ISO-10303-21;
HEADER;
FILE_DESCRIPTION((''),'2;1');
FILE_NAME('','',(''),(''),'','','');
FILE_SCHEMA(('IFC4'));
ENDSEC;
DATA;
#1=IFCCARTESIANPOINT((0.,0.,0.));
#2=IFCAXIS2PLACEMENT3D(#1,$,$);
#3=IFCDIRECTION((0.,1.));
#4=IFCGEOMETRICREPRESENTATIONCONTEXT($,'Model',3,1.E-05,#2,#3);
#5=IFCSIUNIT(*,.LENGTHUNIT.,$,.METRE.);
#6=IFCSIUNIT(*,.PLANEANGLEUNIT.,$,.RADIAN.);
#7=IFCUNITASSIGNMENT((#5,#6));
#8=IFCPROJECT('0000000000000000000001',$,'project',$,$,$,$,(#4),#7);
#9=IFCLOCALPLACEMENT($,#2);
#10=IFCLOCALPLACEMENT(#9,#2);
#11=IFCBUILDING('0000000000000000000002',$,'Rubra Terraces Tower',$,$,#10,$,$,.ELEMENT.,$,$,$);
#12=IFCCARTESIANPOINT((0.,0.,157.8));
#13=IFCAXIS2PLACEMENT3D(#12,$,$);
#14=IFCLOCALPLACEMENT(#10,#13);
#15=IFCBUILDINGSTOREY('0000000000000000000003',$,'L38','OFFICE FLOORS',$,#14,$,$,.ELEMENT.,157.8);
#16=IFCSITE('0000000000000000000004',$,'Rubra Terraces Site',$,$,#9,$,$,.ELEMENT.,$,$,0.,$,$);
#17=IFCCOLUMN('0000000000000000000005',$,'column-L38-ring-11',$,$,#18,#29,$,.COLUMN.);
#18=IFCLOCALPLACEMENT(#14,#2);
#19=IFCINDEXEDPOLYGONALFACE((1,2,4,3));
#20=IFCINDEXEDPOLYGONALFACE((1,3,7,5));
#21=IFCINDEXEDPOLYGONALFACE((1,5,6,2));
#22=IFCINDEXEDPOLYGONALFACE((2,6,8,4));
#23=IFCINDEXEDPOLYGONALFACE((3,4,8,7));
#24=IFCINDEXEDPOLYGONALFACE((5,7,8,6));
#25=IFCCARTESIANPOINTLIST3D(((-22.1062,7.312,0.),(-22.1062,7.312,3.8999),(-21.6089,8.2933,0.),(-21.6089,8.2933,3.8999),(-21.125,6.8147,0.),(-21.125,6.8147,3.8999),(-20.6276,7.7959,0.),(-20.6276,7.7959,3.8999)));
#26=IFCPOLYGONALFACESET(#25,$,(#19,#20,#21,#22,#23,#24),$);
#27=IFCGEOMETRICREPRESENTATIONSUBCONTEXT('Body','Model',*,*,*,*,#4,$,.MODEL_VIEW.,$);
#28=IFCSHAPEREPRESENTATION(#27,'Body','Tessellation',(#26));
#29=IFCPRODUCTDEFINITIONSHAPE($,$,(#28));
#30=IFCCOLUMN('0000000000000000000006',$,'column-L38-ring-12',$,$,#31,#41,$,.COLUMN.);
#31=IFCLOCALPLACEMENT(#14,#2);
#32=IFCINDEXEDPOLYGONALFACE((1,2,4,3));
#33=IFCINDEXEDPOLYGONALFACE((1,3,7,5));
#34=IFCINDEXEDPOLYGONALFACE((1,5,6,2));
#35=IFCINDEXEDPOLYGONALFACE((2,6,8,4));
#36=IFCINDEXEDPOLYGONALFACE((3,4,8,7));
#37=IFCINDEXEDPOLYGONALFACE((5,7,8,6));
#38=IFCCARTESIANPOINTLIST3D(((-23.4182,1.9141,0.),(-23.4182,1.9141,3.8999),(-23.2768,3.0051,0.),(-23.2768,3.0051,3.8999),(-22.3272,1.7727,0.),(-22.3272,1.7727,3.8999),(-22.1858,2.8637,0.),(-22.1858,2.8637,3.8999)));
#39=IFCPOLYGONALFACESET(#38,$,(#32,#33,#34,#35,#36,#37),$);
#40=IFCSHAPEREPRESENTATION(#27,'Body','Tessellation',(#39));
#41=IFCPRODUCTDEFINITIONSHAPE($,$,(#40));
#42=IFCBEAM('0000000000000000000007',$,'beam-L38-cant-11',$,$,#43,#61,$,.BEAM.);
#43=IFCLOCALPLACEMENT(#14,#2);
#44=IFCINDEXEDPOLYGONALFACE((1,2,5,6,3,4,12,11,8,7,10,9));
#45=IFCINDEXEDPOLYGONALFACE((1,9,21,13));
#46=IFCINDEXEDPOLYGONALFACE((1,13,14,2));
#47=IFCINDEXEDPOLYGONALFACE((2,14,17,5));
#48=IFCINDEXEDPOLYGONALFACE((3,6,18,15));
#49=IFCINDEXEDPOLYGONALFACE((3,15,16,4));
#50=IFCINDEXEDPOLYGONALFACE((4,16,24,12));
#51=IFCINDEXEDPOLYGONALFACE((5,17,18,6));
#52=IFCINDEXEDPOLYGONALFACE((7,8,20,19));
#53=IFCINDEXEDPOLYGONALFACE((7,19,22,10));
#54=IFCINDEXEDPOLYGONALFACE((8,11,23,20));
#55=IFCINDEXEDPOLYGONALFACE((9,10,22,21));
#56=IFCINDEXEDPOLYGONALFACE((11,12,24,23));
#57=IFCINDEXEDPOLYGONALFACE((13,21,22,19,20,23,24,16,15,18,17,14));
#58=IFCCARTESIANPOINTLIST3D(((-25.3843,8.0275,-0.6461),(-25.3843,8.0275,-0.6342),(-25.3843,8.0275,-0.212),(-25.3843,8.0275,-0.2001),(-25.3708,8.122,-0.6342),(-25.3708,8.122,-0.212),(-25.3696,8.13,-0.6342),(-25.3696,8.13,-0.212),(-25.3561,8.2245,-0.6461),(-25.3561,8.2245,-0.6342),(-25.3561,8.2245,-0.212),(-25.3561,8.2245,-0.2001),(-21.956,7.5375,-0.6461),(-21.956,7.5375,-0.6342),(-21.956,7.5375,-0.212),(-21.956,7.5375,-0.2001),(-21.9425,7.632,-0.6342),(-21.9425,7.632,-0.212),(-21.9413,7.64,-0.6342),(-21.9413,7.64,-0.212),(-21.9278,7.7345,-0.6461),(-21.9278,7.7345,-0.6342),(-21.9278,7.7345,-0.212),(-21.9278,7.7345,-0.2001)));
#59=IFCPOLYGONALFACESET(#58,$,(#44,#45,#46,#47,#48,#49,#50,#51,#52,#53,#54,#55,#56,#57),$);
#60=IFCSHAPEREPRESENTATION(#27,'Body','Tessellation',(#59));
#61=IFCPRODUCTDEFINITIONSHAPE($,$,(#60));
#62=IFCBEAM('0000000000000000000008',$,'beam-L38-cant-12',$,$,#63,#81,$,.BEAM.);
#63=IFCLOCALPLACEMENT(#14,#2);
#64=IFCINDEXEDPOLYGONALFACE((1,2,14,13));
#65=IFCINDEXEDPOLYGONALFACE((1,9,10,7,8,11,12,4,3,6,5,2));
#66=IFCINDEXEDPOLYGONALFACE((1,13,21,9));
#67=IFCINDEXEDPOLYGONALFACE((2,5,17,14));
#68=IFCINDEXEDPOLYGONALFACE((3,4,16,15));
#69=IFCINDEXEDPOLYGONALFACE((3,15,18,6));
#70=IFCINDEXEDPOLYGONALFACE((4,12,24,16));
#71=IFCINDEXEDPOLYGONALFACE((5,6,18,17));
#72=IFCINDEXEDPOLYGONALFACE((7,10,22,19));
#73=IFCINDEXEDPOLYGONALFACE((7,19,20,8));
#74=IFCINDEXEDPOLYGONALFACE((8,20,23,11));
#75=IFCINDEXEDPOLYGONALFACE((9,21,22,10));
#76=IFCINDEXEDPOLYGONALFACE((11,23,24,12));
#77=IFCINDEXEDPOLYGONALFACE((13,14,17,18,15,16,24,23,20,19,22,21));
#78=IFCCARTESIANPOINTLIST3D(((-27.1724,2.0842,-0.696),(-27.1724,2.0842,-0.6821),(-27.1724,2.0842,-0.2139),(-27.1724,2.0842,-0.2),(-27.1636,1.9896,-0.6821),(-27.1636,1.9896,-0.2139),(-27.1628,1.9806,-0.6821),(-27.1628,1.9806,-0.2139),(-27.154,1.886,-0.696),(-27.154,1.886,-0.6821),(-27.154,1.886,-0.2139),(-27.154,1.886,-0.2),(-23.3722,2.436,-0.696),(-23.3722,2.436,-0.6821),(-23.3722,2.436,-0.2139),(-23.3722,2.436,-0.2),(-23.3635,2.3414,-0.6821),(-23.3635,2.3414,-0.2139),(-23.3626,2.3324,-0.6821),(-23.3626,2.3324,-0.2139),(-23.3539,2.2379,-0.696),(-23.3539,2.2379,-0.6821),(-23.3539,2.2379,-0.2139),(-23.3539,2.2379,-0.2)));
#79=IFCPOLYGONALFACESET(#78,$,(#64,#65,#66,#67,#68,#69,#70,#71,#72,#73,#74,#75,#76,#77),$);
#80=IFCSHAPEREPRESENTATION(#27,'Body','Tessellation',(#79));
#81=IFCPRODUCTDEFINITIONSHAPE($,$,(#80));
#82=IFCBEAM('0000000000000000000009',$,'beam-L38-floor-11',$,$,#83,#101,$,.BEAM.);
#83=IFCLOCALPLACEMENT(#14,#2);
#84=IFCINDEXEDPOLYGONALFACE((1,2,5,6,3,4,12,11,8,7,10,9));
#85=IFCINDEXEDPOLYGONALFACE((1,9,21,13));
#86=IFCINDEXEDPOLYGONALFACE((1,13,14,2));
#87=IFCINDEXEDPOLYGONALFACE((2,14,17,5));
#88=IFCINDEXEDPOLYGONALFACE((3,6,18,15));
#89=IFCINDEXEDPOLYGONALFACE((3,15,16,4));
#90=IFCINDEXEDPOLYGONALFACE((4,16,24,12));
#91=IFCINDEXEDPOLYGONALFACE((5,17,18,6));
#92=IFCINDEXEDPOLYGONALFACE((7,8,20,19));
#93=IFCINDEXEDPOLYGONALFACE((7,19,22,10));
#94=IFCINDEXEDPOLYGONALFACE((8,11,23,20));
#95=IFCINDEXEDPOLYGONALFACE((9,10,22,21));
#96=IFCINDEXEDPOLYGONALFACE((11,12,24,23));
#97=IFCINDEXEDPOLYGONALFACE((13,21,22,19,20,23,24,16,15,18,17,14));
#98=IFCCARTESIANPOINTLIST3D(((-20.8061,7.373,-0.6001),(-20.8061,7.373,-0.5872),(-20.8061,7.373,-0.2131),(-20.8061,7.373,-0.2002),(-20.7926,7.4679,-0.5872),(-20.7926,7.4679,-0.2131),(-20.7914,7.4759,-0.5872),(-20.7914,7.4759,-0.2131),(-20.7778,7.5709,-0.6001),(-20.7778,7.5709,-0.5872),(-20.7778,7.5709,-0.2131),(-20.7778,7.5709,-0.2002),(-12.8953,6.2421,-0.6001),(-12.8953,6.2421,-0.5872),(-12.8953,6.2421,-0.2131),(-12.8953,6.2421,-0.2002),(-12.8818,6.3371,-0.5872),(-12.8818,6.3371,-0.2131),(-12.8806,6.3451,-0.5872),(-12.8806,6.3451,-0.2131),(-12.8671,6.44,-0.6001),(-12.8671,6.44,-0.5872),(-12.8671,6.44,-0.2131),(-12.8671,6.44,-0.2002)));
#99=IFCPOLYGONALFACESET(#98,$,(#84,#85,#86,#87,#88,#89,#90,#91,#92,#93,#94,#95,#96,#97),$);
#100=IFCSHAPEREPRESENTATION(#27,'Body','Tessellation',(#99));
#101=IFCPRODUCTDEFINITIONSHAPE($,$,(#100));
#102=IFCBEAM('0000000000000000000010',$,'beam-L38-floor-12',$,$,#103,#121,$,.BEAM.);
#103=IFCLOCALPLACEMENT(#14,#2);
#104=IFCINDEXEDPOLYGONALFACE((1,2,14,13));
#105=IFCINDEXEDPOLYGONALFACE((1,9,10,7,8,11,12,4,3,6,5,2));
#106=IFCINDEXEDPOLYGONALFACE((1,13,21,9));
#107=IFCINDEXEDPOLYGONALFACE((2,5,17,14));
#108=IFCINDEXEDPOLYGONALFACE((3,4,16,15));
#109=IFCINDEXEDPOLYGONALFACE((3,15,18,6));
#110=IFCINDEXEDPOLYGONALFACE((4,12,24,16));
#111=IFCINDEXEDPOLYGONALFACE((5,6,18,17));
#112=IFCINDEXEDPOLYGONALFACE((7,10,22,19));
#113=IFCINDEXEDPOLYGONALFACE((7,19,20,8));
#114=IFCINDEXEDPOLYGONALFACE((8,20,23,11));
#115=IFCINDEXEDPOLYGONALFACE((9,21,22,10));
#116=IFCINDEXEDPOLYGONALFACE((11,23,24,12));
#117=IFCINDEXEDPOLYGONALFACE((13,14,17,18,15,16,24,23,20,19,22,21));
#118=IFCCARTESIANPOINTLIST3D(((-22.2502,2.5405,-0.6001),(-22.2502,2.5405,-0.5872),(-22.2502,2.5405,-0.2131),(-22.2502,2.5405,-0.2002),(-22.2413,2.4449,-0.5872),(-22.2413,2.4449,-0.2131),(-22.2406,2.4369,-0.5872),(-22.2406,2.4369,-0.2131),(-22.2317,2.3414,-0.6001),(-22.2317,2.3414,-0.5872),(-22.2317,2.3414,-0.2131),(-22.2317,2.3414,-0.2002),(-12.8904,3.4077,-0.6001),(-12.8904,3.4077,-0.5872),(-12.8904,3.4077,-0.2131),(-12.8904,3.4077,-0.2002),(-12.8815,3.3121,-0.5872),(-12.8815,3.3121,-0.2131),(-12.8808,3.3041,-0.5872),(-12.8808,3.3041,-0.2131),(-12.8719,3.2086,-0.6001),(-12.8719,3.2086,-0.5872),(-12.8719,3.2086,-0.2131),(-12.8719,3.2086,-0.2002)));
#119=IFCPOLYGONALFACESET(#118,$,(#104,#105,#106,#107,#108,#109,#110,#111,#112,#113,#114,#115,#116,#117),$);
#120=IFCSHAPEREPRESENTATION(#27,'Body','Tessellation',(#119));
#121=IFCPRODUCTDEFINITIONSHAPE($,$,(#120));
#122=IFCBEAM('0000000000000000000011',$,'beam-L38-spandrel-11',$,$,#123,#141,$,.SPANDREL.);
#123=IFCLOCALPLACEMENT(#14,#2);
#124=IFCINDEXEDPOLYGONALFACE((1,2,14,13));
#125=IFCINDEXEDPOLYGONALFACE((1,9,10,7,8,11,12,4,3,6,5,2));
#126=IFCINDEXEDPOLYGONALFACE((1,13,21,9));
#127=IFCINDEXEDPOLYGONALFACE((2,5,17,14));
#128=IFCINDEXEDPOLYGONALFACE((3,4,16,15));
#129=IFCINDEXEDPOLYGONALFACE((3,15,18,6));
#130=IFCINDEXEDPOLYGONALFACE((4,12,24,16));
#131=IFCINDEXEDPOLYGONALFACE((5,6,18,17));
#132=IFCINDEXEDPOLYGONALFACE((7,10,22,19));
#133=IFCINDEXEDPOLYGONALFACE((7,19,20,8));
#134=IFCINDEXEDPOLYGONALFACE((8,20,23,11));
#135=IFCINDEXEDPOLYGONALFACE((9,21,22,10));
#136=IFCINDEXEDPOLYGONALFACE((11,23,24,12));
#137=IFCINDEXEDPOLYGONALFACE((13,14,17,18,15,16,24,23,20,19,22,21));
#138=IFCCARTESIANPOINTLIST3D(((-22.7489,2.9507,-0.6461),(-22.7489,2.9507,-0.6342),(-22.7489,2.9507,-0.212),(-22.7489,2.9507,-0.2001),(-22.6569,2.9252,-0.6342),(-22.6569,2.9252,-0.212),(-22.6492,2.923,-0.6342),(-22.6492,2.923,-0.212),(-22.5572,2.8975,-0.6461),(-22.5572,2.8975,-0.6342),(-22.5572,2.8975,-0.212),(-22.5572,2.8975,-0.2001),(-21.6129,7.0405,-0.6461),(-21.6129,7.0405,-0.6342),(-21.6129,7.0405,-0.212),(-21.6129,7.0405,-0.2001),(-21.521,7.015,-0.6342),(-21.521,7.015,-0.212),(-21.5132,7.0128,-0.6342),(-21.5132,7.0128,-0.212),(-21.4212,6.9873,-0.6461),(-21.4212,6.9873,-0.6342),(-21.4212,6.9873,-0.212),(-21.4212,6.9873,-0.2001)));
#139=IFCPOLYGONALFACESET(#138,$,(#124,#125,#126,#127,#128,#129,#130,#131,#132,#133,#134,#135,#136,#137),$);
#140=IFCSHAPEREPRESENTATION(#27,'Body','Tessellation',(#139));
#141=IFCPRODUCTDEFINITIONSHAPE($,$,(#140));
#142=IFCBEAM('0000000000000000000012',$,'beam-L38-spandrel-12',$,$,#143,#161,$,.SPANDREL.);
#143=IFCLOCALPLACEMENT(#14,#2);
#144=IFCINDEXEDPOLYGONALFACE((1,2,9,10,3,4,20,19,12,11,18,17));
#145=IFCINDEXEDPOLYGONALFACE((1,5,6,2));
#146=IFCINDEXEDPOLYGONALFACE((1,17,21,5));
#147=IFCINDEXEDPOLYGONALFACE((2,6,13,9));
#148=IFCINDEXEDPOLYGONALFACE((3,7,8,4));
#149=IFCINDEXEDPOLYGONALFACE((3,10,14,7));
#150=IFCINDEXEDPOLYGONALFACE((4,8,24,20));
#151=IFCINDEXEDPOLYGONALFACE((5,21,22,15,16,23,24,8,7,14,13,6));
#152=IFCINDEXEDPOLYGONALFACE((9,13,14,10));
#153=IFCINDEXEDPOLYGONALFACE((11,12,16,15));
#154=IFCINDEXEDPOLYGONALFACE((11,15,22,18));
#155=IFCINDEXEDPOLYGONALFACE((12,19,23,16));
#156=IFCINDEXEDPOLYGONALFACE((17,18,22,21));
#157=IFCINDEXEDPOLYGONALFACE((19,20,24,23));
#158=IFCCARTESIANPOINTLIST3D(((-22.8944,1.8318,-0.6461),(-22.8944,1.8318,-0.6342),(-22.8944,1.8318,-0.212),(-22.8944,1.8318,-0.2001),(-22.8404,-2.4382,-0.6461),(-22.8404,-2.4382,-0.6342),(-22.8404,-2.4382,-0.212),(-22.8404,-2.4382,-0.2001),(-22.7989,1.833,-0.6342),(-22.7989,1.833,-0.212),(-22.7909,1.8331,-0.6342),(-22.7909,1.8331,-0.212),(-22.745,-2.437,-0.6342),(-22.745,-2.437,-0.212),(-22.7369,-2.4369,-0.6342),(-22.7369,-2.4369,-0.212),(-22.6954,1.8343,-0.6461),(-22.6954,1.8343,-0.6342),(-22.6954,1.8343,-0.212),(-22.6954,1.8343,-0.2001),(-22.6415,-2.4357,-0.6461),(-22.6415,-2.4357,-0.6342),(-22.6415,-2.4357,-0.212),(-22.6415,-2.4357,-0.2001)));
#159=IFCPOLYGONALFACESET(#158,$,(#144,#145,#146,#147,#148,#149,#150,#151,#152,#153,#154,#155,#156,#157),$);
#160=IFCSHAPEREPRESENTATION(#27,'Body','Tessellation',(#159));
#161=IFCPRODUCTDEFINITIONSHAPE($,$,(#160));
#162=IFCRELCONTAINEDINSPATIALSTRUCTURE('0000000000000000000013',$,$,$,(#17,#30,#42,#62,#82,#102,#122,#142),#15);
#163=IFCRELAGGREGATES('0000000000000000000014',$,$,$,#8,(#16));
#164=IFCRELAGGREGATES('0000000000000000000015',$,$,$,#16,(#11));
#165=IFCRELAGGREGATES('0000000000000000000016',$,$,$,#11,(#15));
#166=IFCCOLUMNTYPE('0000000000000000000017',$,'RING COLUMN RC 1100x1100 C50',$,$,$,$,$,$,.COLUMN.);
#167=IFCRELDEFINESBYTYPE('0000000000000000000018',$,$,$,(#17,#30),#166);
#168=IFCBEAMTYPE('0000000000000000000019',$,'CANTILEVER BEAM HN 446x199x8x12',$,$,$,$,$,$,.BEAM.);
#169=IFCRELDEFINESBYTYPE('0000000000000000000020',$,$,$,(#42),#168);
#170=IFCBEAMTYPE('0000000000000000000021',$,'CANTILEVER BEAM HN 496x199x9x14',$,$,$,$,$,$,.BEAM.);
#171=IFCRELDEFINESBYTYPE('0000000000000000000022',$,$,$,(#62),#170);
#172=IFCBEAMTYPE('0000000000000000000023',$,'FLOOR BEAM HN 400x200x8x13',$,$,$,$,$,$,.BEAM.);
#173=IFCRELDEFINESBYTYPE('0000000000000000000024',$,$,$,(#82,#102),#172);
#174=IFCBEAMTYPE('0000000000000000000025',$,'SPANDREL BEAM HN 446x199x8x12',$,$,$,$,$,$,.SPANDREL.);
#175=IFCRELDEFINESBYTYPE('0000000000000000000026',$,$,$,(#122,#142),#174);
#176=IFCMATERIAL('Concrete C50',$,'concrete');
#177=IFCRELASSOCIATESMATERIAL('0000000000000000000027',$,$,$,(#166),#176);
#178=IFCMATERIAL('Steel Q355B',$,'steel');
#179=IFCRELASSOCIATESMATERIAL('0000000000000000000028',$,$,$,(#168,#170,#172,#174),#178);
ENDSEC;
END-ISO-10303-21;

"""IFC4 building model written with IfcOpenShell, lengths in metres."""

from ifc_helpers import new_model, si_unit, direction, frame, origin, origin_2d, place, context, subcontext, project, spatial, rectangle, i_section, extrude, material, material_profile, profile_set, type_object, element, save


model = new_model("IFC4")

# Units and contexts
model_context = context("Model", 3, precision=1e-05, world=origin(), true_north=direction((0.0, 1.0)))
body_context = subcontext(model_context, "Body", "Model", "MODEL_VIEW")
ifc_project = project(units=[si_unit("LENGTHUNIT", "METRE"), si_unit("PLANEANGLEUNIT", "RADIAN")], contexts=[model_context])

# Site, building, storey
site_placement = place(None, origin())
site = spatial("IfcSite", under=ifc_project, at=site_placement, Name="Rubra Terraces Site", CompositionType="ELEMENT", RefElevation=0.0)
building_placement = place(site_placement, origin())
building = spatial("IfcBuilding", under=site, at=building_placement, Name="Rubra Terraces Tower", CompositionType="ELEMENT")
storey_placement = place(building_placement, frame((0.0, 0.0, 157.8)))
storey = spatial("IfcBuildingStorey", under=building, at=storey_placement, Name="L38", Description="OFFICE FLOORS", CompositionType="ELEMENT", Elevation=157.8)

# Columns
ifc_material_1 = material(Name="Concrete C50", Category="concrete")
ifc_material_profile_1 = material_profile(ifc_material_1, rectangle(XDim=1.1001, YDim=1.1001, at=origin_2d()), Name="RC 1100x1100")
ifc_profile_set_1 = profile_set([ifc_material_profile_1], Name="Concrete C50")
column_type = type_object("IfcColumnType", Name="RING COLUMN RC 1100x1100 C50", PredefinedType="COLUMN", material=ifc_profile_set_1)
for number, where, z_axis, x_axis, name in (
    (1, (-21.3669, 7.554, 0.0), (0.0, 0.0, 1.0), (-0.452079, -0.891978, 0.0), "column-L38-ring-11"),
    (2, (-22.802, 2.3889, 0.0), (0.0, 0.0, 1.0), (-0.128535, -0.991705, 0.0), "column-L38-ring-12"),
):
    element("IfcColumn", number, at=place(storey_placement, frame(where, z_axis=z_axis, x_axis=x_axis)), inside=storey, type_object=column_type, Name=name, PredefinedType="COLUMN", context=body_context, shape_type="SweptSolid", body=[
        extrude(rectangle(XDim=1.1001, YDim=1.1001, at=origin_2d()), origin(), (0.0, 0.0, 1.0), 3.8999),
    ])

# Beams
ifc_material_2 = material(Name="Steel Q355B", Category="steel")
ifc_material_profile_2 = material_profile(ifc_material_2, i_section(OverallWidth=0.199, OverallDepth=0.446, WebThickness=0.0081, FlangeThickness=0.012, at=origin_2d()), Name="HN 446x199x8x12")
ifc_profile_set_2 = profile_set([ifc_material_profile_2], Name="Steel Q355B")
beam_type_1 = type_object("IfcBeamType", Name="CANTILEVER BEAM HN 446x199x8x12", PredefinedType="BEAM", material=ifc_profile_set_2)
beam_1_placement = place(storey_placement, frame((-21.9419, 7.636, -0.4231), z_axis=(-0.98994, 0.14149, 0.0), x_axis=(-0.14149, -0.98994, 0.0)))
element("IfcBeam", 3, at=beam_1_placement, inside=storey, type_object=beam_type_1, Name="beam-L38-cant-11", PredefinedType="BEAM", context=body_context, shape_type="SweptSolid", body=[
    extrude(i_section(OverallWidth=0.199, OverallDepth=0.446, WebThickness=0.0081, FlangeThickness=0.012, at=origin_2d()), origin(), (0.0, 0.0, 1.0), 3.4631),
])
ifc_material_profile_3 = material_profile(ifc_material_2, i_section(OverallWidth=0.199, OverallDepth=0.4961, WebThickness=0.009, FlangeThickness=0.0139, at=origin_2d()), Name="HN 496x199x9x14")
ifc_profile_set_3 = profile_set([ifc_material_profile_3], Name="Steel Q355B")
beam_type_2 = type_object("IfcBeamType", Name="CANTILEVER BEAM HN 496x199x9x14", PredefinedType="BEAM", material=ifc_profile_set_3)
beam_2_placement = place(storey_placement, frame((-23.363, 2.3369, -0.448), z_axis=(-0.995742, -0.092185, 0.0), x_axis=(0.092185, -0.995742, 0.0)))
element("IfcBeam", 4, at=beam_2_placement, inside=storey, type_object=beam_type_2, Name="beam-L38-cant-12", PredefinedType="BEAM", context=body_context, shape_type="SweptSolid", body=[
    extrude(i_section(OverallWidth=0.199, OverallDepth=0.4961, WebThickness=0.009, FlangeThickness=0.0139, at=origin_2d()), origin(), (0.0, 0.0, 1.0), 3.8164),
])
ifc_material_profile_4 = material_profile(ifc_material_2, i_section(OverallWidth=0.2, OverallDepth=0.3999, WebThickness=0.0081, FlangeThickness=0.0129, at=origin_2d()), Name="HN 400x200x8x13")
ifc_profile_set_4 = profile_set([ifc_material_profile_4], Name="Steel Q355B")
beam_type_3 = type_object("IfcBeamType", Name="FLOOR BEAM HN 400x200x8x13", PredefinedType="BEAM", material=ifc_profile_set_4)
beam_3_placement = place(storey_placement, frame((-20.792, 7.4719, -0.4001), z_axis=(0.989937, -0.141511, 0.0), x_axis=(0.141511, 0.989937, 0.0)))
element("IfcBeam", 5, at=beam_3_placement, inside=storey, type_object=beam_type_3, Name="beam-L38-floor-11", PredefinedType="BEAM", context=body_context, shape_type="SweptSolid", body=[
    extrude(i_section(OverallWidth=0.2, OverallDepth=0.3999, WebThickness=0.0081, FlangeThickness=0.0129, at=origin_2d()), origin(), (0.0, 0.0, 1.0), 7.9912),
])
beam_4_placement = place(storey_placement, frame((-22.241, 2.4409, -0.4001), z_axis=(0.995735, 0.092254, 0.0), x_axis=(-0.092254, 0.995735, 0.0)))
element("IfcBeam", 6, at=beam_4_placement, inside=storey, type_object=beam_type_3, Name="beam-L38-floor-12", PredefinedType="BEAM", context=body_context, shape_type="SweptSolid", body=[
    extrude(i_section(OverallWidth=0.2, OverallDepth=0.3999, WebThickness=0.0081, FlangeThickness=0.0129, at=origin_2d()), origin(), (0.0, 0.0, 1.0), 9.3999),
])
ifc_material_profile_5 = material_profile(ifc_material_2, i_section(OverallWidth=0.199, OverallDepth=0.446, WebThickness=0.0081, FlangeThickness=0.012, at=origin_2d()), Name="HN 446x199x8x12")
ifc_profile_set_5 = profile_set([ifc_material_profile_5], Name="Steel Q355B")
beam_type_4 = type_object("IfcBeamType", Name="SPANDREL BEAM HN 446x199x8x12", PredefinedType="SPANDREL", material=ifc_profile_set_5)
beam_5_placement = place(storey_placement, frame((-21.5171, 7.0139, -0.4231), z_axis=(-0.267626, -0.963523, 0.0), x_axis=(0.963523, -0.267626, 0.0)))
element("IfcBeam", 7, at=beam_5_placement, inside=storey, type_object=beam_type_4, Name="beam-L38-spandrel-11", PredefinedType="SPANDREL", context=body_context, shape_type="SweptSolid", body=[
    extrude(i_section(OverallWidth=0.199, OverallDepth=0.446, WebThickness=0.0081, FlangeThickness=0.012, at=origin_2d()), origin(), (0.0, 0.0, 1.0), 4.2446),
])
beam_6_placement = place(storey_placement, frame((-22.7949, 1.833, -0.4231), z_axis=(0.012635, -0.99992, 0.0), x_axis=(0.99992, 0.012635, 0.0)))
element("IfcBeam", 8, at=beam_6_placement, inside=storey, type_object=beam_type_4, Name="beam-L38-spandrel-12", PredefinedType="SPANDREL", context=body_context, shape_type="SweptSolid", body=[
    extrude(i_section(OverallWidth=0.199, OverallDepth=0.446, WebThickness=0.0081, FlangeThickness=0.012, at=origin_2d()), origin(), (0.0, 0.0, 1.0), 4.2703),
])

save(model, "model.ifc")
